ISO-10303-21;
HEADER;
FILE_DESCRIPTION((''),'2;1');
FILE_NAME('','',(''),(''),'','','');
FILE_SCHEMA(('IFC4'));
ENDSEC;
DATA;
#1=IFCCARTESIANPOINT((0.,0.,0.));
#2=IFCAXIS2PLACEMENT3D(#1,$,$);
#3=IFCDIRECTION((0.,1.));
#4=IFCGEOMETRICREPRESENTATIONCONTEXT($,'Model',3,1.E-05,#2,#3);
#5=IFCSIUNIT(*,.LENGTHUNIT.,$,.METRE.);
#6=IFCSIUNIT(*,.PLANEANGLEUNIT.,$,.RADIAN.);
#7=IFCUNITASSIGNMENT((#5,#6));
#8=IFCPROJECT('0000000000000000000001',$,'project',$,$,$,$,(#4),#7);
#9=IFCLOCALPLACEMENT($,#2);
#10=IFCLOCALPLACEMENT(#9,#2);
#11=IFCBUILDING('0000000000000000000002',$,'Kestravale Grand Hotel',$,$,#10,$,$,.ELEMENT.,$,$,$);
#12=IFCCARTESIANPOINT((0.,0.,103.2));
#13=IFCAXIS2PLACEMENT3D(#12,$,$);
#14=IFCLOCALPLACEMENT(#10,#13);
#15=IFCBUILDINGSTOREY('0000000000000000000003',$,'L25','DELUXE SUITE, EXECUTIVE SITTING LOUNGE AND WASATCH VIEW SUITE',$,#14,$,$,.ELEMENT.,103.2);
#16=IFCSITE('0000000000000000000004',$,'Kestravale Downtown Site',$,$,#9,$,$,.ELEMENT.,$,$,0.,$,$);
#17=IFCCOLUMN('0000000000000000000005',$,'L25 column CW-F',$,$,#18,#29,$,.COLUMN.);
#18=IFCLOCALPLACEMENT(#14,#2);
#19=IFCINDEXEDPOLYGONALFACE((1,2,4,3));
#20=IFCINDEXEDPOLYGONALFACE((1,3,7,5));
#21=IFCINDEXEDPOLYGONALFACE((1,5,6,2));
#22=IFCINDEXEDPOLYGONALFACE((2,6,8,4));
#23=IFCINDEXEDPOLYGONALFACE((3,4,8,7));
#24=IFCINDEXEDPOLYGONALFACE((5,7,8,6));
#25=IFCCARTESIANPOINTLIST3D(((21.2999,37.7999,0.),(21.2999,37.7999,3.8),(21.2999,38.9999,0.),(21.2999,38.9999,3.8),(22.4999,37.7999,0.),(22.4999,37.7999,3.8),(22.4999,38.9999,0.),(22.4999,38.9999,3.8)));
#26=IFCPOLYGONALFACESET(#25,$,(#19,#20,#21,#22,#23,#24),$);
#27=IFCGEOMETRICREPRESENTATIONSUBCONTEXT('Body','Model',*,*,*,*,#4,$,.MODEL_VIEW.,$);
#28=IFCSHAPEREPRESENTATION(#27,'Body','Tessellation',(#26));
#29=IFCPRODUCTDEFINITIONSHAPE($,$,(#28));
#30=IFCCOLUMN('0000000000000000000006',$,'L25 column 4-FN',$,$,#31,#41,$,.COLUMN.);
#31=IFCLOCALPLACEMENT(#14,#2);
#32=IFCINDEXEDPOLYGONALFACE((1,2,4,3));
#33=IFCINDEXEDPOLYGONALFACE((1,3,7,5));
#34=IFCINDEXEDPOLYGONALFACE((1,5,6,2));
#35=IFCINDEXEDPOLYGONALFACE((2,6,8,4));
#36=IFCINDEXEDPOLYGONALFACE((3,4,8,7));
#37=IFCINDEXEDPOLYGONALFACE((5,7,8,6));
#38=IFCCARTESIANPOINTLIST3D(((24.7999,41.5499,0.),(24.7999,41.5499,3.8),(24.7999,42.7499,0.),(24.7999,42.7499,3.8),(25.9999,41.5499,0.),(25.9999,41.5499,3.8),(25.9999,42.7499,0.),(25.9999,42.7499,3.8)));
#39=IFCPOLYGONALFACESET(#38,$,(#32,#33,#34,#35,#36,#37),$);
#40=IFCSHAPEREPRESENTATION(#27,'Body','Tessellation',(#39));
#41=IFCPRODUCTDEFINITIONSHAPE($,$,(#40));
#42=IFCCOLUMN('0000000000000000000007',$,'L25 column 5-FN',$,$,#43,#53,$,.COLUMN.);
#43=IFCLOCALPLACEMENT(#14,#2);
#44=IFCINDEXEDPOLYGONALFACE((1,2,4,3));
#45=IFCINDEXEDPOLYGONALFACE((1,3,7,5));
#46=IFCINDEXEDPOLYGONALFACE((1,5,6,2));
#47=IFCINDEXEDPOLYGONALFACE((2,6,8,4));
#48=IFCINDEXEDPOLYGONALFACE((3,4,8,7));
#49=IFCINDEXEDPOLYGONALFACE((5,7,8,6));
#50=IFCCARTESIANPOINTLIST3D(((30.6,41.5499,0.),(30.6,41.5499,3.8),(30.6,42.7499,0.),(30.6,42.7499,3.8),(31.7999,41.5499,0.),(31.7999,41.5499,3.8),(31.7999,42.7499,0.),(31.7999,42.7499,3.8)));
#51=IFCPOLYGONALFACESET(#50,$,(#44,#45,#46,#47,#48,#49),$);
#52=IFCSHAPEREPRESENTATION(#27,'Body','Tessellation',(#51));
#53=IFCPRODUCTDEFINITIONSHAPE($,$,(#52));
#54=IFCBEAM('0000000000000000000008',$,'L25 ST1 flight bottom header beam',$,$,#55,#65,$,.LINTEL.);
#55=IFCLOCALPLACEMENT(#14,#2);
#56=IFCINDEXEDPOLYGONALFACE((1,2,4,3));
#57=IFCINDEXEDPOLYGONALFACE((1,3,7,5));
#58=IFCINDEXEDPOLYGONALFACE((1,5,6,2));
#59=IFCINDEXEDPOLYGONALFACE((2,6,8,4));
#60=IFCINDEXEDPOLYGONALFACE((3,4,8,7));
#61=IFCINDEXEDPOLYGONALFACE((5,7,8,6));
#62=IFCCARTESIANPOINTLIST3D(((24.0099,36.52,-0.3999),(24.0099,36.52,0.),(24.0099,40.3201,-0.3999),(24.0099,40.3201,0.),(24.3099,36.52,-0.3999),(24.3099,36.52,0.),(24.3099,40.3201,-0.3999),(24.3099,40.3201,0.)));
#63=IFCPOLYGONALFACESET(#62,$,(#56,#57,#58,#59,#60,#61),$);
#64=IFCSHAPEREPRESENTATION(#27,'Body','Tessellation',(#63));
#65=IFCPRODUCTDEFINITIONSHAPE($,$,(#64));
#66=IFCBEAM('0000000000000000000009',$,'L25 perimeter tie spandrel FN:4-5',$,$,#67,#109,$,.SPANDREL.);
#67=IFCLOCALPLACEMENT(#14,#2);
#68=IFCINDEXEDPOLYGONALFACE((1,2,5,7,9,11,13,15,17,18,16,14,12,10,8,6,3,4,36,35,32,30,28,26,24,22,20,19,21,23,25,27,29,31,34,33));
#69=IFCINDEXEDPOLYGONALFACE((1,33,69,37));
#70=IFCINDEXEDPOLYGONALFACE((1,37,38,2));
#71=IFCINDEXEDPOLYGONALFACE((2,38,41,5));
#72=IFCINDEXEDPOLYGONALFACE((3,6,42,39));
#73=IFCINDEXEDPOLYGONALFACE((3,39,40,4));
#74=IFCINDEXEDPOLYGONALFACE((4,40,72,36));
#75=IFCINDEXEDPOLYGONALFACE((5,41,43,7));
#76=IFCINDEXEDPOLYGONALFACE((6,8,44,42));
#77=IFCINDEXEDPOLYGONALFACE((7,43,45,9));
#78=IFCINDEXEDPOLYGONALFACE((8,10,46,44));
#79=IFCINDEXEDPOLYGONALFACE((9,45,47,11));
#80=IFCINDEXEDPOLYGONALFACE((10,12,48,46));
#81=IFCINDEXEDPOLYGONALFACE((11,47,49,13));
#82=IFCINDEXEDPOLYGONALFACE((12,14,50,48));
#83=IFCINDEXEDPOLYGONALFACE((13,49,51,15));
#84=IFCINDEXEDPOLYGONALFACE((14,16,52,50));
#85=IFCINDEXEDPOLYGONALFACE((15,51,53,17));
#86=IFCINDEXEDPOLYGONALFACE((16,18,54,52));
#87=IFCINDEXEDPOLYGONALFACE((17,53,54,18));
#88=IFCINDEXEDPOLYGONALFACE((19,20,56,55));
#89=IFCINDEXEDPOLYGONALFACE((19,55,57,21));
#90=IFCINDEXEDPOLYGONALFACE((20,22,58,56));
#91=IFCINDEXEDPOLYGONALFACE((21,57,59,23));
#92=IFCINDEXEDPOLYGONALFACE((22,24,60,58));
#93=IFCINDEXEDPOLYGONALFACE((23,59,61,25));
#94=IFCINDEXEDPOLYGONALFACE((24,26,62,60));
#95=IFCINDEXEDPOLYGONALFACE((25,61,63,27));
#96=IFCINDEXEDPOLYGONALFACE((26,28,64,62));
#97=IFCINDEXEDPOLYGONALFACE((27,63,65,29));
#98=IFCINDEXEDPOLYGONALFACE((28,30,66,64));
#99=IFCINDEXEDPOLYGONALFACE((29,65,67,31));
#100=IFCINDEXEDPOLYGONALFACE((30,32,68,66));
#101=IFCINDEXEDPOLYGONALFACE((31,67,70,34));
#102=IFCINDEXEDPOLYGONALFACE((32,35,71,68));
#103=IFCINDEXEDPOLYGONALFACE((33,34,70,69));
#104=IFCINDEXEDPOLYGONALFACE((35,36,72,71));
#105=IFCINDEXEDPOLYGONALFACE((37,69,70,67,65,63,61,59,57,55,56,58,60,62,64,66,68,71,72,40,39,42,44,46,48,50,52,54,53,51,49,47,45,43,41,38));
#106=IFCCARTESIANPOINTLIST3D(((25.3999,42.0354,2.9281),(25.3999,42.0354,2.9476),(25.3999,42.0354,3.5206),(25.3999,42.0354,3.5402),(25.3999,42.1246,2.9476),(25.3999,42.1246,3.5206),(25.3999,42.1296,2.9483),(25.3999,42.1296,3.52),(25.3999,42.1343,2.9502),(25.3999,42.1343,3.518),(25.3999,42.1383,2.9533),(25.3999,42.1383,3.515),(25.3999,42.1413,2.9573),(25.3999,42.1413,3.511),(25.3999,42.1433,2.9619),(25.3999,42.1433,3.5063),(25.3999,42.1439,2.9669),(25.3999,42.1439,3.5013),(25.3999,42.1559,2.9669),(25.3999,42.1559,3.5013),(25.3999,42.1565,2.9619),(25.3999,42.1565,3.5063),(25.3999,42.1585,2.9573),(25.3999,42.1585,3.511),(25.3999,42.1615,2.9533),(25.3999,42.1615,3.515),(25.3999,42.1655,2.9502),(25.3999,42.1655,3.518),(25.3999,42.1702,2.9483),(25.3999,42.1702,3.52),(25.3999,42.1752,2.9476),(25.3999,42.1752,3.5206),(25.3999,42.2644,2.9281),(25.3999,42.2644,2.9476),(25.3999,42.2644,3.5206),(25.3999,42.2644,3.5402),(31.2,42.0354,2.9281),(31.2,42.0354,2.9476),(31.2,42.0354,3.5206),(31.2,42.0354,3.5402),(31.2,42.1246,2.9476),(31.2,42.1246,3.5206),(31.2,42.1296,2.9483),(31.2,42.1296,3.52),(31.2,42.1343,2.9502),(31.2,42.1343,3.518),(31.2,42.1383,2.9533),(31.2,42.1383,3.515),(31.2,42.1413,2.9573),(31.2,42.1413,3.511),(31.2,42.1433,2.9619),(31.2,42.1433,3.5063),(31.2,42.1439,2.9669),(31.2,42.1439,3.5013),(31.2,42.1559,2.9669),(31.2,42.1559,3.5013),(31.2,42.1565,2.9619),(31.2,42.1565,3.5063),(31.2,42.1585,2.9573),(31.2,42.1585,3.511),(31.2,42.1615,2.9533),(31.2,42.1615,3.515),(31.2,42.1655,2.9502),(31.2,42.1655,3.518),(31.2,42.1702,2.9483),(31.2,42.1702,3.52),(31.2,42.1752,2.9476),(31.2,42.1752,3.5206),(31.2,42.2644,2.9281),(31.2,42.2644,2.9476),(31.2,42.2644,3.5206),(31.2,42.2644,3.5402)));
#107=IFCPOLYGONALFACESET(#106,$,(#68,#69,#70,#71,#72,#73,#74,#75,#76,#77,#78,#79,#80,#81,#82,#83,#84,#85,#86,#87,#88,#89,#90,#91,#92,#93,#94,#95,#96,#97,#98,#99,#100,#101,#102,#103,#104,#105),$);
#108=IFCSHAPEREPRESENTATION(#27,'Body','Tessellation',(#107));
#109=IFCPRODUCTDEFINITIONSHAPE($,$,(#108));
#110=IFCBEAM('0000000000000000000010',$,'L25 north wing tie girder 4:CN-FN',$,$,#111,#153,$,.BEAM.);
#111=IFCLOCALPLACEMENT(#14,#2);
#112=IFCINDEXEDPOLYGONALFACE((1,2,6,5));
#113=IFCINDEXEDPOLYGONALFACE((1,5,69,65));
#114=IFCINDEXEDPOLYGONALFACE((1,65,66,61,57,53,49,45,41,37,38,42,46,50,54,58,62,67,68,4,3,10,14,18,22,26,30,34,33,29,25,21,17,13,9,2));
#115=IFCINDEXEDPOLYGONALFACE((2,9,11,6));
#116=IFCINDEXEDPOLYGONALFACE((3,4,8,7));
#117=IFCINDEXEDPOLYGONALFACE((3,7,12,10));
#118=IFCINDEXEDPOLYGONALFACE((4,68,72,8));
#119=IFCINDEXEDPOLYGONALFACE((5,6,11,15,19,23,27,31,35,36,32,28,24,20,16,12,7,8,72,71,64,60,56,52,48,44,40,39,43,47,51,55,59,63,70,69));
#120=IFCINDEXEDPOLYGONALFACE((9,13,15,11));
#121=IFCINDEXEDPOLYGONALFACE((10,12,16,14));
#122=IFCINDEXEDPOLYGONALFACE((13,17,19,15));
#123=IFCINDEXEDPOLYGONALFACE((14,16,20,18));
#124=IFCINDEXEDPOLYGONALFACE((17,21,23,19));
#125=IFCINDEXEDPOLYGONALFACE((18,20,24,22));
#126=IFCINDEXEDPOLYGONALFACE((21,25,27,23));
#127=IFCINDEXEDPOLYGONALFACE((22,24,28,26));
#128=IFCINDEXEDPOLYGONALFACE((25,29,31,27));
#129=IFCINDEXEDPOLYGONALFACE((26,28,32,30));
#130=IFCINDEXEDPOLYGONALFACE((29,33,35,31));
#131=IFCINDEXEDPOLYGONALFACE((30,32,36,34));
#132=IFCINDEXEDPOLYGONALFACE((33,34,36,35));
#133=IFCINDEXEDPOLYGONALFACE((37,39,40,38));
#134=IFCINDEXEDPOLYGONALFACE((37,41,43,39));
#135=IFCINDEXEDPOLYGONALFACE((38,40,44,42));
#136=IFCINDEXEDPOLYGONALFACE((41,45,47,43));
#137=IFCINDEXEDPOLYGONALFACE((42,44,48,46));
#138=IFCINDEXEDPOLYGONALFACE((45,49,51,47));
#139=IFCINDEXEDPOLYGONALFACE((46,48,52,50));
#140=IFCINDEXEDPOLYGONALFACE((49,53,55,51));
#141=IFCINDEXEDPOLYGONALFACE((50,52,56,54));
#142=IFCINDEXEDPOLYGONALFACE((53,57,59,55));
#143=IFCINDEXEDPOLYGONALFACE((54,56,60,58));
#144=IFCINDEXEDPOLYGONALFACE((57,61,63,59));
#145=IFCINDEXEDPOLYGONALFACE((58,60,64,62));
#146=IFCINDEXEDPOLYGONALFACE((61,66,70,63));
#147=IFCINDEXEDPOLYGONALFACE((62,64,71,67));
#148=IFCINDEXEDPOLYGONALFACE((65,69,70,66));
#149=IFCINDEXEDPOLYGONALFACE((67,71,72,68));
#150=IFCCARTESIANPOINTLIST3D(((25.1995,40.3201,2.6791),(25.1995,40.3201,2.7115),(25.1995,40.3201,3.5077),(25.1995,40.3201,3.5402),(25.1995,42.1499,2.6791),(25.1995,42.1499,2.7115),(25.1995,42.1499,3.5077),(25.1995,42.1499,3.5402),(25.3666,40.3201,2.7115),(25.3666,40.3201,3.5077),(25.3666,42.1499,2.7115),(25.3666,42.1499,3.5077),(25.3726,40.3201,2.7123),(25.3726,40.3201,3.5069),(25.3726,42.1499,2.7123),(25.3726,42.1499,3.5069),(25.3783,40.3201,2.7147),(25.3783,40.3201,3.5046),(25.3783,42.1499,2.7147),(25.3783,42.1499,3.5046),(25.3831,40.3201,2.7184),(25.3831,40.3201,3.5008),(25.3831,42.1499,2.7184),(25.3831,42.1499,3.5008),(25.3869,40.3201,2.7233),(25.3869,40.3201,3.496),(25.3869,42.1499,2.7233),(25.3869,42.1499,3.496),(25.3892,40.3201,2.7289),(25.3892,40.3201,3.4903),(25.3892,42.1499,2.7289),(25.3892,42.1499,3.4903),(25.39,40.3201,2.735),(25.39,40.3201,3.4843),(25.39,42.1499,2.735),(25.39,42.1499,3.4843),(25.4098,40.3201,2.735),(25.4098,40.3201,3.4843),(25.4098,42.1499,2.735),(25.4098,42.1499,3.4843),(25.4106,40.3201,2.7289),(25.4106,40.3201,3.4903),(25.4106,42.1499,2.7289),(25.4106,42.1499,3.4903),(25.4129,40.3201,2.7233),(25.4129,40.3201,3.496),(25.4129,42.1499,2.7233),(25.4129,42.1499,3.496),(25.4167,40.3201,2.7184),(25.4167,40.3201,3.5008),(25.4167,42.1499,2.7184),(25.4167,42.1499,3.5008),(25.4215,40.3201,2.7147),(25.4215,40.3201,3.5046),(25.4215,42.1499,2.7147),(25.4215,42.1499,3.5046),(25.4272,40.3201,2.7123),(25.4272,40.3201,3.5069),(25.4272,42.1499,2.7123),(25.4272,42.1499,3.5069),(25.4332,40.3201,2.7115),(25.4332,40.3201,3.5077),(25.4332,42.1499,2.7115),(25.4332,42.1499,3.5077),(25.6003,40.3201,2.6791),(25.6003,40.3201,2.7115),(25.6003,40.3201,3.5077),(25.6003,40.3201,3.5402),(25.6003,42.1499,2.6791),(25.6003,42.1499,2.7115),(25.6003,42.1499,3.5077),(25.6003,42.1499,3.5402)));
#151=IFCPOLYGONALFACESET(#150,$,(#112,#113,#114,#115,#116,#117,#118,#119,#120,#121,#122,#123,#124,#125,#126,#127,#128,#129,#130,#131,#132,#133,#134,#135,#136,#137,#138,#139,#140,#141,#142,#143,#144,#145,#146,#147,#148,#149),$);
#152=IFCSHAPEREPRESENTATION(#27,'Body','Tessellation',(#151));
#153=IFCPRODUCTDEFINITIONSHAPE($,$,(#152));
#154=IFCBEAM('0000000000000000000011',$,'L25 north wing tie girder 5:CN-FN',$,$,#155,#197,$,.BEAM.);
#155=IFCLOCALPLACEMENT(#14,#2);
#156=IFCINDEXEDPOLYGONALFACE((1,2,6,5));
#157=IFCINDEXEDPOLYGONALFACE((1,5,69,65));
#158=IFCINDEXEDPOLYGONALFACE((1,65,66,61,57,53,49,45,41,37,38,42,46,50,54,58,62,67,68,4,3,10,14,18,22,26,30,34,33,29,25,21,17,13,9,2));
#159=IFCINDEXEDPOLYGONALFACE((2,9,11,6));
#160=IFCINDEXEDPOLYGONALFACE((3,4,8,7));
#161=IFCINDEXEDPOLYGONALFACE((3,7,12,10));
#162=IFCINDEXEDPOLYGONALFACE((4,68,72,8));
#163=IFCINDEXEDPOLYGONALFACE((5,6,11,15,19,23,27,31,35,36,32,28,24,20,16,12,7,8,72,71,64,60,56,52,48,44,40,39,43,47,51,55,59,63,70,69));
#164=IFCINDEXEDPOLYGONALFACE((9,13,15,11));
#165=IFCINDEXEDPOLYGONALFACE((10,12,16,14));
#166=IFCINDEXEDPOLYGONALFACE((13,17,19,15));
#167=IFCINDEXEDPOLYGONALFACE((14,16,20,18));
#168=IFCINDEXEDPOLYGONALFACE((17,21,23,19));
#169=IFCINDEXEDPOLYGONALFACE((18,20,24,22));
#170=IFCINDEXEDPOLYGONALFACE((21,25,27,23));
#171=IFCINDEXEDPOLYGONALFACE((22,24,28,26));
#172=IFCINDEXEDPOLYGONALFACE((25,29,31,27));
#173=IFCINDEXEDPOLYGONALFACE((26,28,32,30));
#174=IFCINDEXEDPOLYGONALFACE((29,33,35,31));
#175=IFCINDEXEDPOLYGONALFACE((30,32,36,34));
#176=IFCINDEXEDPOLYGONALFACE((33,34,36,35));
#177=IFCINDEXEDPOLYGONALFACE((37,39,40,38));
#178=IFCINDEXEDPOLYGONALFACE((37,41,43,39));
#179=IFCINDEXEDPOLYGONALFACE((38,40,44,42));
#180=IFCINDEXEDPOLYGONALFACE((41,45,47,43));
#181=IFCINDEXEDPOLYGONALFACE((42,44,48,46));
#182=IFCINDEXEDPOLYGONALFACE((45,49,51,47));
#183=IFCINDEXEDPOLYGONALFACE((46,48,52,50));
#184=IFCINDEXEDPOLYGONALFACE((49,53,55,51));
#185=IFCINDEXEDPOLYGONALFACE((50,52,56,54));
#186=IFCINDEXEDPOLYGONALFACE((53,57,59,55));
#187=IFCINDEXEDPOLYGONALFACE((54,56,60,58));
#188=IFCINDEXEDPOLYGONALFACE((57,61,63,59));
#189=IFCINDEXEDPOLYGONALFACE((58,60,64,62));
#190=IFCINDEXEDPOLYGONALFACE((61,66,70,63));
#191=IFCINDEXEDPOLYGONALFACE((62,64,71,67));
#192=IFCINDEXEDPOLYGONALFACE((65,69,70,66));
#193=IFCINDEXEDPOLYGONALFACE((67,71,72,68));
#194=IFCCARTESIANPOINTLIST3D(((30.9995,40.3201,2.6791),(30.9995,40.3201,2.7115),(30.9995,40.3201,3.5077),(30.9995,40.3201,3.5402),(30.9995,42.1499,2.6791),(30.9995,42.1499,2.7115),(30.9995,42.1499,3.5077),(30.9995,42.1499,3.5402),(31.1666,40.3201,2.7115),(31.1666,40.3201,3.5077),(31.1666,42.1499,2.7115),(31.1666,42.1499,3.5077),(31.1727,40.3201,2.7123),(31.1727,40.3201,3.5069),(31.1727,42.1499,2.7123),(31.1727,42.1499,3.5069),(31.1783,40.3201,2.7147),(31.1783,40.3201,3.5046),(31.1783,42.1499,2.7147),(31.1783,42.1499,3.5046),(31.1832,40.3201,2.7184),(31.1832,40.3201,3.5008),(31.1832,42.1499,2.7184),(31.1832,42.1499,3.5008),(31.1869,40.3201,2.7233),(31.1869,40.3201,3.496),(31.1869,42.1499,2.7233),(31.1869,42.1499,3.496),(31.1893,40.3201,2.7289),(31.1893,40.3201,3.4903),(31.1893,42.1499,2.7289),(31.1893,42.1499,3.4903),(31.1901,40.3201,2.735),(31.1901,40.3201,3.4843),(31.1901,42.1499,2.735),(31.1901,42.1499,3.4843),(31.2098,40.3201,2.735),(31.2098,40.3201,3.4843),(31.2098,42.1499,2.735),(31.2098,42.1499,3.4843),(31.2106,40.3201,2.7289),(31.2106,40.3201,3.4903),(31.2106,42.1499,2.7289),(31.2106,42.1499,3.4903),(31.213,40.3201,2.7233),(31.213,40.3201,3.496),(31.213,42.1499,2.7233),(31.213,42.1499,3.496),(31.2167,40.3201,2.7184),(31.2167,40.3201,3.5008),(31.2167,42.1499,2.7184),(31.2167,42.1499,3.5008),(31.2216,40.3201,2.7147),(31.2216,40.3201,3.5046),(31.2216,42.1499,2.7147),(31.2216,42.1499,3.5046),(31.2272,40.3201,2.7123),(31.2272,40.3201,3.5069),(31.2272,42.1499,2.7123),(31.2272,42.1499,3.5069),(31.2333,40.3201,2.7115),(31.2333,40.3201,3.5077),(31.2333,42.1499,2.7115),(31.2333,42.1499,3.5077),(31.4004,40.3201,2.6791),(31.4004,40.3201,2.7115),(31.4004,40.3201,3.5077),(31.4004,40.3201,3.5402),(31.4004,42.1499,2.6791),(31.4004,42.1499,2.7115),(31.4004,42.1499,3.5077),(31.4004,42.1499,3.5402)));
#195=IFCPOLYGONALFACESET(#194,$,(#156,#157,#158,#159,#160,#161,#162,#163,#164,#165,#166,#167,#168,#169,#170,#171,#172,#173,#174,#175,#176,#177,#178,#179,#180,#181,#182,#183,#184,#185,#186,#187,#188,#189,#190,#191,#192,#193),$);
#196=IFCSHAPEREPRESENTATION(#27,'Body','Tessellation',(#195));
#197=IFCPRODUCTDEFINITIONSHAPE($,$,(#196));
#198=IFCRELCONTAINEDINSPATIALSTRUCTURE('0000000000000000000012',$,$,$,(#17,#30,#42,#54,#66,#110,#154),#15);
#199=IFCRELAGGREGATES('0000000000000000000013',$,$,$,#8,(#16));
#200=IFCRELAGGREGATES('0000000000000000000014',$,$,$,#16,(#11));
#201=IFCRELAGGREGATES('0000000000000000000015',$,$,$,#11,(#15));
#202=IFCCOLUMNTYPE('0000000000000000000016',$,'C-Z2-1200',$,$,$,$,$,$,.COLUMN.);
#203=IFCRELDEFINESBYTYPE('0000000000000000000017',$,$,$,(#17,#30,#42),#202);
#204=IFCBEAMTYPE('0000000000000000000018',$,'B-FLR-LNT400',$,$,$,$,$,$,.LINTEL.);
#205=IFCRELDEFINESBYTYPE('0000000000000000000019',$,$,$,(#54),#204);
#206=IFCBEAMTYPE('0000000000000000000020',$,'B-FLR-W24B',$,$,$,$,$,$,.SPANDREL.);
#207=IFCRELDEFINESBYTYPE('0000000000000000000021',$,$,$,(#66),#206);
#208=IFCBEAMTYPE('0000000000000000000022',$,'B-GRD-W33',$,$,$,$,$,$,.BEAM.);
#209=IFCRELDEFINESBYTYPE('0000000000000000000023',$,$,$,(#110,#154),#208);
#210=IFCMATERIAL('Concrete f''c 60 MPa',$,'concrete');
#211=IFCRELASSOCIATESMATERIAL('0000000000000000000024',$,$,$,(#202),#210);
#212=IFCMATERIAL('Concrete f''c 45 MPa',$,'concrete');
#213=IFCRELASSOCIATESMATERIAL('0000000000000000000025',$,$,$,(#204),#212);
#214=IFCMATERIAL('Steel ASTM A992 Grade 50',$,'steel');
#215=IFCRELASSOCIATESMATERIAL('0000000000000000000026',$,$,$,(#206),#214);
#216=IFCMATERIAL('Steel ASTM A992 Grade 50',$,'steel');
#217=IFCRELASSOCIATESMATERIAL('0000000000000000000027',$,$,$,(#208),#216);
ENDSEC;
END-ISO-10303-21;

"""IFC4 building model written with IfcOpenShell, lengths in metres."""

from ifc_helpers import new_model, si_unit, direction, frame, origin, origin_2d, place, context, subcontext, project, spatial, rectangle, i_section, extrude, material, material_profile, profile_set, type_object, element, save


model = new_model("IFC4")

# Units and contexts
model_context = context("Model", 3, precision=1e-05, world=origin(), true_north=direction((0.0, 1.0)))
body_context = subcontext(model_context, "Body", "Model", "MODEL_VIEW")
ifc_project = project(units=[si_unit("LENGTHUNIT", "METRE"), si_unit("PLANEANGLEUNIT", "RADIAN")], contexts=[model_context])

# Site, building, storey
site_placement = place(None, origin())
site = spatial("IfcSite", under=ifc_project, at=site_placement, Name="Kestravale Downtown Site", CompositionType="ELEMENT", RefElevation=0.0)
building_placement = place(site_placement, origin())
building = spatial("IfcBuilding", under=site, at=building_placement, Name="Kestravale Grand Hotel", CompositionType="ELEMENT")
storey_placement = place(building_placement, frame((0.0, 0.0, 103.2)))
storey = spatial("IfcBuildingStorey", under=building, at=storey_placement, Name="L25", Description="DELUXE SUITE, EXECUTIVE SITTING LOUNGE AND WASATCH VIEW SUITE", CompositionType="ELEMENT", Elevation=103.2)

# Columns
ifc_material_1 = material(Name="Concrete f'c 60 MPa", Category="concrete")
ifc_material_profile_1 = material_profile(ifc_material_1, rectangle(XDim=1.2, YDim=1.2, at=origin_2d()))
ifc_profile_set_1 = profile_set([ifc_material_profile_1], Name="Concrete f'c 60 MPa")
column_type = type_object("IfcColumnType", Name="C-Z2-1200", PredefinedType="COLUMN", material=ifc_profile_set_1)
for number, where, z_axis, x_axis, name in (
    (1, (21.8999, 38.3999, 0.0), (0.0, 0.0, 1.0), (1.0, 0.0, 0.0), "L25 column CW-F"),
    (2, (25.3999, 42.1499, 0.0), (0.0, 0.0, 1.0), (1.0, 0.0, 0.0), "L25 column 4-FN"),
    (3, (31.2, 42.1499, 0.0), (0.0, 0.0, 1.0), (1.0, 0.0, 0.0), "L25 column 5-FN"),
):
    element("IfcColumn", number, at=place(storey_placement, frame(where, z_axis=z_axis, x_axis=x_axis)), inside=storey, type_object=column_type, Name=name, PredefinedType="COLUMN", context=body_context, shape_type="SweptSolid", body=[
        extrude(rectangle(XDim=1.2, YDim=1.2, at=origin_2d()), origin(), (0.0, 0.0, 1.0), 3.8),
    ])

# Beams
ifc_material_2 = material(Name="Concrete f'c 45 MPa", Category="concrete")
ifc_material_profile_2 = material_profile(ifc_material_2, rectangle(XDim=0.3, YDim=0.3999, at=origin_2d()))
ifc_profile_set_2 = profile_set([ifc_material_profile_2], Name="Concrete f'c 45 MPa")
beam_type_1 = type_object("IfcBeamType", Name="B-FLR-LNT400", PredefinedType="LINTEL", material=ifc_profile_set_2)
beam_1_placement = place(storey_placement, frame((24.1599, 36.52, -0.2), z_axis=(0.0, 1.0, 0.0), x_axis=(-1.0, 0.0, 0.0)))
element("IfcBeam", 4, at=beam_1_placement, inside=storey, type_object=beam_type_1, Name="L25 ST1 flight bottom header beam", PredefinedType="LINTEL", context=body_context, shape_type="SweptSolid", body=[
    extrude(rectangle(XDim=0.3, YDim=0.3999, at=origin_2d()), origin(), (0.0, 0.0, 1.0), 3.8),
])
ifc_material_3 = material(Name="Steel ASTM A992 Grade 50", Category="steel")
ifc_material_profile_3 = material_profile(ifc_material_3, i_section(OverallWidth=0.229, OverallDepth=0.6121, WebThickness=0.012, FlangeThickness=0.0195, FilletRadius=0.0193, at=origin_2d()))
ifc_profile_set_3 = profile_set([ifc_material_profile_3], Name="Steel ASTM A992 Grade 50")
beam_type_2 = type_object("IfcBeamType", Name="B-FLR-W24B", PredefinedType="SPANDREL", material=ifc_profile_set_3)
beam_2_placement = place(storey_placement, frame((25.3999, 42.1499, 3.2341), z_axis=(1.0, 0.0, 0.0), x_axis=(0.0, 1.0, 0.0)))
element("IfcBeam", 5, at=beam_2_placement, inside=storey, type_object=beam_type_2, Name="L25 perimeter tie spandrel FN:4-5", PredefinedType="SPANDREL", context=body_context, shape_type="SweptSolid", body=[
    extrude(i_section(OverallWidth=0.229, OverallDepth=0.6121, WebThickness=0.012, FlangeThickness=0.0195, FilletRadius=0.0193, at=origin_2d()), origin(), (0.0, 0.0, 1.0), 5.8),
])
ifc_material_4 = material(Name="Steel ASTM A992 Grade 50", Category="steel")
ifc_material_profile_4 = material_profile(ifc_material_4, i_section(OverallWidth=0.4009, OverallDepth=0.8611, WebThickness=0.0198, FlangeThickness=0.0325, FilletRadius=0.0234, at=origin_2d()))
ifc_profile_set_4 = profile_set([ifc_material_profile_4], Name="Steel ASTM A992 Grade 50")
beam_type_3 = type_object("IfcBeamType", Name="B-GRD-W33", PredefinedType="BEAM", material=ifc_profile_set_4)
for number, where, z_axis, x_axis, name in (
    (6, (25.3999, 40.3201, 3.1096), (0.0, 1.0, 0.0), (-1.0, 0.0, 0.0), "L25 north wing tie girder 4:CN-FN"),
    (7, (31.2, 40.3201, 3.1096), (0.0, 1.0, 0.0), (-1.0, 0.0, 0.0), "L25 north wing tie girder 5:CN-FN"),
):
    element("IfcBeam", number, at=place(storey_placement, frame(where, z_axis=z_axis, x_axis=x_axis)), inside=storey, type_object=beam_type_3, Name=name, PredefinedType="BEAM", context=body_context, shape_type="SweptSolid", body=[
        extrude(i_section(OverallWidth=0.4009, OverallDepth=0.8611, WebThickness=0.0198, FlangeThickness=0.0325, FilletRadius=0.0234, at=origin_2d()), origin(), (0.0, 0.0, 1.0), 1.8298),
    ])

save(model, "model.ifc")
